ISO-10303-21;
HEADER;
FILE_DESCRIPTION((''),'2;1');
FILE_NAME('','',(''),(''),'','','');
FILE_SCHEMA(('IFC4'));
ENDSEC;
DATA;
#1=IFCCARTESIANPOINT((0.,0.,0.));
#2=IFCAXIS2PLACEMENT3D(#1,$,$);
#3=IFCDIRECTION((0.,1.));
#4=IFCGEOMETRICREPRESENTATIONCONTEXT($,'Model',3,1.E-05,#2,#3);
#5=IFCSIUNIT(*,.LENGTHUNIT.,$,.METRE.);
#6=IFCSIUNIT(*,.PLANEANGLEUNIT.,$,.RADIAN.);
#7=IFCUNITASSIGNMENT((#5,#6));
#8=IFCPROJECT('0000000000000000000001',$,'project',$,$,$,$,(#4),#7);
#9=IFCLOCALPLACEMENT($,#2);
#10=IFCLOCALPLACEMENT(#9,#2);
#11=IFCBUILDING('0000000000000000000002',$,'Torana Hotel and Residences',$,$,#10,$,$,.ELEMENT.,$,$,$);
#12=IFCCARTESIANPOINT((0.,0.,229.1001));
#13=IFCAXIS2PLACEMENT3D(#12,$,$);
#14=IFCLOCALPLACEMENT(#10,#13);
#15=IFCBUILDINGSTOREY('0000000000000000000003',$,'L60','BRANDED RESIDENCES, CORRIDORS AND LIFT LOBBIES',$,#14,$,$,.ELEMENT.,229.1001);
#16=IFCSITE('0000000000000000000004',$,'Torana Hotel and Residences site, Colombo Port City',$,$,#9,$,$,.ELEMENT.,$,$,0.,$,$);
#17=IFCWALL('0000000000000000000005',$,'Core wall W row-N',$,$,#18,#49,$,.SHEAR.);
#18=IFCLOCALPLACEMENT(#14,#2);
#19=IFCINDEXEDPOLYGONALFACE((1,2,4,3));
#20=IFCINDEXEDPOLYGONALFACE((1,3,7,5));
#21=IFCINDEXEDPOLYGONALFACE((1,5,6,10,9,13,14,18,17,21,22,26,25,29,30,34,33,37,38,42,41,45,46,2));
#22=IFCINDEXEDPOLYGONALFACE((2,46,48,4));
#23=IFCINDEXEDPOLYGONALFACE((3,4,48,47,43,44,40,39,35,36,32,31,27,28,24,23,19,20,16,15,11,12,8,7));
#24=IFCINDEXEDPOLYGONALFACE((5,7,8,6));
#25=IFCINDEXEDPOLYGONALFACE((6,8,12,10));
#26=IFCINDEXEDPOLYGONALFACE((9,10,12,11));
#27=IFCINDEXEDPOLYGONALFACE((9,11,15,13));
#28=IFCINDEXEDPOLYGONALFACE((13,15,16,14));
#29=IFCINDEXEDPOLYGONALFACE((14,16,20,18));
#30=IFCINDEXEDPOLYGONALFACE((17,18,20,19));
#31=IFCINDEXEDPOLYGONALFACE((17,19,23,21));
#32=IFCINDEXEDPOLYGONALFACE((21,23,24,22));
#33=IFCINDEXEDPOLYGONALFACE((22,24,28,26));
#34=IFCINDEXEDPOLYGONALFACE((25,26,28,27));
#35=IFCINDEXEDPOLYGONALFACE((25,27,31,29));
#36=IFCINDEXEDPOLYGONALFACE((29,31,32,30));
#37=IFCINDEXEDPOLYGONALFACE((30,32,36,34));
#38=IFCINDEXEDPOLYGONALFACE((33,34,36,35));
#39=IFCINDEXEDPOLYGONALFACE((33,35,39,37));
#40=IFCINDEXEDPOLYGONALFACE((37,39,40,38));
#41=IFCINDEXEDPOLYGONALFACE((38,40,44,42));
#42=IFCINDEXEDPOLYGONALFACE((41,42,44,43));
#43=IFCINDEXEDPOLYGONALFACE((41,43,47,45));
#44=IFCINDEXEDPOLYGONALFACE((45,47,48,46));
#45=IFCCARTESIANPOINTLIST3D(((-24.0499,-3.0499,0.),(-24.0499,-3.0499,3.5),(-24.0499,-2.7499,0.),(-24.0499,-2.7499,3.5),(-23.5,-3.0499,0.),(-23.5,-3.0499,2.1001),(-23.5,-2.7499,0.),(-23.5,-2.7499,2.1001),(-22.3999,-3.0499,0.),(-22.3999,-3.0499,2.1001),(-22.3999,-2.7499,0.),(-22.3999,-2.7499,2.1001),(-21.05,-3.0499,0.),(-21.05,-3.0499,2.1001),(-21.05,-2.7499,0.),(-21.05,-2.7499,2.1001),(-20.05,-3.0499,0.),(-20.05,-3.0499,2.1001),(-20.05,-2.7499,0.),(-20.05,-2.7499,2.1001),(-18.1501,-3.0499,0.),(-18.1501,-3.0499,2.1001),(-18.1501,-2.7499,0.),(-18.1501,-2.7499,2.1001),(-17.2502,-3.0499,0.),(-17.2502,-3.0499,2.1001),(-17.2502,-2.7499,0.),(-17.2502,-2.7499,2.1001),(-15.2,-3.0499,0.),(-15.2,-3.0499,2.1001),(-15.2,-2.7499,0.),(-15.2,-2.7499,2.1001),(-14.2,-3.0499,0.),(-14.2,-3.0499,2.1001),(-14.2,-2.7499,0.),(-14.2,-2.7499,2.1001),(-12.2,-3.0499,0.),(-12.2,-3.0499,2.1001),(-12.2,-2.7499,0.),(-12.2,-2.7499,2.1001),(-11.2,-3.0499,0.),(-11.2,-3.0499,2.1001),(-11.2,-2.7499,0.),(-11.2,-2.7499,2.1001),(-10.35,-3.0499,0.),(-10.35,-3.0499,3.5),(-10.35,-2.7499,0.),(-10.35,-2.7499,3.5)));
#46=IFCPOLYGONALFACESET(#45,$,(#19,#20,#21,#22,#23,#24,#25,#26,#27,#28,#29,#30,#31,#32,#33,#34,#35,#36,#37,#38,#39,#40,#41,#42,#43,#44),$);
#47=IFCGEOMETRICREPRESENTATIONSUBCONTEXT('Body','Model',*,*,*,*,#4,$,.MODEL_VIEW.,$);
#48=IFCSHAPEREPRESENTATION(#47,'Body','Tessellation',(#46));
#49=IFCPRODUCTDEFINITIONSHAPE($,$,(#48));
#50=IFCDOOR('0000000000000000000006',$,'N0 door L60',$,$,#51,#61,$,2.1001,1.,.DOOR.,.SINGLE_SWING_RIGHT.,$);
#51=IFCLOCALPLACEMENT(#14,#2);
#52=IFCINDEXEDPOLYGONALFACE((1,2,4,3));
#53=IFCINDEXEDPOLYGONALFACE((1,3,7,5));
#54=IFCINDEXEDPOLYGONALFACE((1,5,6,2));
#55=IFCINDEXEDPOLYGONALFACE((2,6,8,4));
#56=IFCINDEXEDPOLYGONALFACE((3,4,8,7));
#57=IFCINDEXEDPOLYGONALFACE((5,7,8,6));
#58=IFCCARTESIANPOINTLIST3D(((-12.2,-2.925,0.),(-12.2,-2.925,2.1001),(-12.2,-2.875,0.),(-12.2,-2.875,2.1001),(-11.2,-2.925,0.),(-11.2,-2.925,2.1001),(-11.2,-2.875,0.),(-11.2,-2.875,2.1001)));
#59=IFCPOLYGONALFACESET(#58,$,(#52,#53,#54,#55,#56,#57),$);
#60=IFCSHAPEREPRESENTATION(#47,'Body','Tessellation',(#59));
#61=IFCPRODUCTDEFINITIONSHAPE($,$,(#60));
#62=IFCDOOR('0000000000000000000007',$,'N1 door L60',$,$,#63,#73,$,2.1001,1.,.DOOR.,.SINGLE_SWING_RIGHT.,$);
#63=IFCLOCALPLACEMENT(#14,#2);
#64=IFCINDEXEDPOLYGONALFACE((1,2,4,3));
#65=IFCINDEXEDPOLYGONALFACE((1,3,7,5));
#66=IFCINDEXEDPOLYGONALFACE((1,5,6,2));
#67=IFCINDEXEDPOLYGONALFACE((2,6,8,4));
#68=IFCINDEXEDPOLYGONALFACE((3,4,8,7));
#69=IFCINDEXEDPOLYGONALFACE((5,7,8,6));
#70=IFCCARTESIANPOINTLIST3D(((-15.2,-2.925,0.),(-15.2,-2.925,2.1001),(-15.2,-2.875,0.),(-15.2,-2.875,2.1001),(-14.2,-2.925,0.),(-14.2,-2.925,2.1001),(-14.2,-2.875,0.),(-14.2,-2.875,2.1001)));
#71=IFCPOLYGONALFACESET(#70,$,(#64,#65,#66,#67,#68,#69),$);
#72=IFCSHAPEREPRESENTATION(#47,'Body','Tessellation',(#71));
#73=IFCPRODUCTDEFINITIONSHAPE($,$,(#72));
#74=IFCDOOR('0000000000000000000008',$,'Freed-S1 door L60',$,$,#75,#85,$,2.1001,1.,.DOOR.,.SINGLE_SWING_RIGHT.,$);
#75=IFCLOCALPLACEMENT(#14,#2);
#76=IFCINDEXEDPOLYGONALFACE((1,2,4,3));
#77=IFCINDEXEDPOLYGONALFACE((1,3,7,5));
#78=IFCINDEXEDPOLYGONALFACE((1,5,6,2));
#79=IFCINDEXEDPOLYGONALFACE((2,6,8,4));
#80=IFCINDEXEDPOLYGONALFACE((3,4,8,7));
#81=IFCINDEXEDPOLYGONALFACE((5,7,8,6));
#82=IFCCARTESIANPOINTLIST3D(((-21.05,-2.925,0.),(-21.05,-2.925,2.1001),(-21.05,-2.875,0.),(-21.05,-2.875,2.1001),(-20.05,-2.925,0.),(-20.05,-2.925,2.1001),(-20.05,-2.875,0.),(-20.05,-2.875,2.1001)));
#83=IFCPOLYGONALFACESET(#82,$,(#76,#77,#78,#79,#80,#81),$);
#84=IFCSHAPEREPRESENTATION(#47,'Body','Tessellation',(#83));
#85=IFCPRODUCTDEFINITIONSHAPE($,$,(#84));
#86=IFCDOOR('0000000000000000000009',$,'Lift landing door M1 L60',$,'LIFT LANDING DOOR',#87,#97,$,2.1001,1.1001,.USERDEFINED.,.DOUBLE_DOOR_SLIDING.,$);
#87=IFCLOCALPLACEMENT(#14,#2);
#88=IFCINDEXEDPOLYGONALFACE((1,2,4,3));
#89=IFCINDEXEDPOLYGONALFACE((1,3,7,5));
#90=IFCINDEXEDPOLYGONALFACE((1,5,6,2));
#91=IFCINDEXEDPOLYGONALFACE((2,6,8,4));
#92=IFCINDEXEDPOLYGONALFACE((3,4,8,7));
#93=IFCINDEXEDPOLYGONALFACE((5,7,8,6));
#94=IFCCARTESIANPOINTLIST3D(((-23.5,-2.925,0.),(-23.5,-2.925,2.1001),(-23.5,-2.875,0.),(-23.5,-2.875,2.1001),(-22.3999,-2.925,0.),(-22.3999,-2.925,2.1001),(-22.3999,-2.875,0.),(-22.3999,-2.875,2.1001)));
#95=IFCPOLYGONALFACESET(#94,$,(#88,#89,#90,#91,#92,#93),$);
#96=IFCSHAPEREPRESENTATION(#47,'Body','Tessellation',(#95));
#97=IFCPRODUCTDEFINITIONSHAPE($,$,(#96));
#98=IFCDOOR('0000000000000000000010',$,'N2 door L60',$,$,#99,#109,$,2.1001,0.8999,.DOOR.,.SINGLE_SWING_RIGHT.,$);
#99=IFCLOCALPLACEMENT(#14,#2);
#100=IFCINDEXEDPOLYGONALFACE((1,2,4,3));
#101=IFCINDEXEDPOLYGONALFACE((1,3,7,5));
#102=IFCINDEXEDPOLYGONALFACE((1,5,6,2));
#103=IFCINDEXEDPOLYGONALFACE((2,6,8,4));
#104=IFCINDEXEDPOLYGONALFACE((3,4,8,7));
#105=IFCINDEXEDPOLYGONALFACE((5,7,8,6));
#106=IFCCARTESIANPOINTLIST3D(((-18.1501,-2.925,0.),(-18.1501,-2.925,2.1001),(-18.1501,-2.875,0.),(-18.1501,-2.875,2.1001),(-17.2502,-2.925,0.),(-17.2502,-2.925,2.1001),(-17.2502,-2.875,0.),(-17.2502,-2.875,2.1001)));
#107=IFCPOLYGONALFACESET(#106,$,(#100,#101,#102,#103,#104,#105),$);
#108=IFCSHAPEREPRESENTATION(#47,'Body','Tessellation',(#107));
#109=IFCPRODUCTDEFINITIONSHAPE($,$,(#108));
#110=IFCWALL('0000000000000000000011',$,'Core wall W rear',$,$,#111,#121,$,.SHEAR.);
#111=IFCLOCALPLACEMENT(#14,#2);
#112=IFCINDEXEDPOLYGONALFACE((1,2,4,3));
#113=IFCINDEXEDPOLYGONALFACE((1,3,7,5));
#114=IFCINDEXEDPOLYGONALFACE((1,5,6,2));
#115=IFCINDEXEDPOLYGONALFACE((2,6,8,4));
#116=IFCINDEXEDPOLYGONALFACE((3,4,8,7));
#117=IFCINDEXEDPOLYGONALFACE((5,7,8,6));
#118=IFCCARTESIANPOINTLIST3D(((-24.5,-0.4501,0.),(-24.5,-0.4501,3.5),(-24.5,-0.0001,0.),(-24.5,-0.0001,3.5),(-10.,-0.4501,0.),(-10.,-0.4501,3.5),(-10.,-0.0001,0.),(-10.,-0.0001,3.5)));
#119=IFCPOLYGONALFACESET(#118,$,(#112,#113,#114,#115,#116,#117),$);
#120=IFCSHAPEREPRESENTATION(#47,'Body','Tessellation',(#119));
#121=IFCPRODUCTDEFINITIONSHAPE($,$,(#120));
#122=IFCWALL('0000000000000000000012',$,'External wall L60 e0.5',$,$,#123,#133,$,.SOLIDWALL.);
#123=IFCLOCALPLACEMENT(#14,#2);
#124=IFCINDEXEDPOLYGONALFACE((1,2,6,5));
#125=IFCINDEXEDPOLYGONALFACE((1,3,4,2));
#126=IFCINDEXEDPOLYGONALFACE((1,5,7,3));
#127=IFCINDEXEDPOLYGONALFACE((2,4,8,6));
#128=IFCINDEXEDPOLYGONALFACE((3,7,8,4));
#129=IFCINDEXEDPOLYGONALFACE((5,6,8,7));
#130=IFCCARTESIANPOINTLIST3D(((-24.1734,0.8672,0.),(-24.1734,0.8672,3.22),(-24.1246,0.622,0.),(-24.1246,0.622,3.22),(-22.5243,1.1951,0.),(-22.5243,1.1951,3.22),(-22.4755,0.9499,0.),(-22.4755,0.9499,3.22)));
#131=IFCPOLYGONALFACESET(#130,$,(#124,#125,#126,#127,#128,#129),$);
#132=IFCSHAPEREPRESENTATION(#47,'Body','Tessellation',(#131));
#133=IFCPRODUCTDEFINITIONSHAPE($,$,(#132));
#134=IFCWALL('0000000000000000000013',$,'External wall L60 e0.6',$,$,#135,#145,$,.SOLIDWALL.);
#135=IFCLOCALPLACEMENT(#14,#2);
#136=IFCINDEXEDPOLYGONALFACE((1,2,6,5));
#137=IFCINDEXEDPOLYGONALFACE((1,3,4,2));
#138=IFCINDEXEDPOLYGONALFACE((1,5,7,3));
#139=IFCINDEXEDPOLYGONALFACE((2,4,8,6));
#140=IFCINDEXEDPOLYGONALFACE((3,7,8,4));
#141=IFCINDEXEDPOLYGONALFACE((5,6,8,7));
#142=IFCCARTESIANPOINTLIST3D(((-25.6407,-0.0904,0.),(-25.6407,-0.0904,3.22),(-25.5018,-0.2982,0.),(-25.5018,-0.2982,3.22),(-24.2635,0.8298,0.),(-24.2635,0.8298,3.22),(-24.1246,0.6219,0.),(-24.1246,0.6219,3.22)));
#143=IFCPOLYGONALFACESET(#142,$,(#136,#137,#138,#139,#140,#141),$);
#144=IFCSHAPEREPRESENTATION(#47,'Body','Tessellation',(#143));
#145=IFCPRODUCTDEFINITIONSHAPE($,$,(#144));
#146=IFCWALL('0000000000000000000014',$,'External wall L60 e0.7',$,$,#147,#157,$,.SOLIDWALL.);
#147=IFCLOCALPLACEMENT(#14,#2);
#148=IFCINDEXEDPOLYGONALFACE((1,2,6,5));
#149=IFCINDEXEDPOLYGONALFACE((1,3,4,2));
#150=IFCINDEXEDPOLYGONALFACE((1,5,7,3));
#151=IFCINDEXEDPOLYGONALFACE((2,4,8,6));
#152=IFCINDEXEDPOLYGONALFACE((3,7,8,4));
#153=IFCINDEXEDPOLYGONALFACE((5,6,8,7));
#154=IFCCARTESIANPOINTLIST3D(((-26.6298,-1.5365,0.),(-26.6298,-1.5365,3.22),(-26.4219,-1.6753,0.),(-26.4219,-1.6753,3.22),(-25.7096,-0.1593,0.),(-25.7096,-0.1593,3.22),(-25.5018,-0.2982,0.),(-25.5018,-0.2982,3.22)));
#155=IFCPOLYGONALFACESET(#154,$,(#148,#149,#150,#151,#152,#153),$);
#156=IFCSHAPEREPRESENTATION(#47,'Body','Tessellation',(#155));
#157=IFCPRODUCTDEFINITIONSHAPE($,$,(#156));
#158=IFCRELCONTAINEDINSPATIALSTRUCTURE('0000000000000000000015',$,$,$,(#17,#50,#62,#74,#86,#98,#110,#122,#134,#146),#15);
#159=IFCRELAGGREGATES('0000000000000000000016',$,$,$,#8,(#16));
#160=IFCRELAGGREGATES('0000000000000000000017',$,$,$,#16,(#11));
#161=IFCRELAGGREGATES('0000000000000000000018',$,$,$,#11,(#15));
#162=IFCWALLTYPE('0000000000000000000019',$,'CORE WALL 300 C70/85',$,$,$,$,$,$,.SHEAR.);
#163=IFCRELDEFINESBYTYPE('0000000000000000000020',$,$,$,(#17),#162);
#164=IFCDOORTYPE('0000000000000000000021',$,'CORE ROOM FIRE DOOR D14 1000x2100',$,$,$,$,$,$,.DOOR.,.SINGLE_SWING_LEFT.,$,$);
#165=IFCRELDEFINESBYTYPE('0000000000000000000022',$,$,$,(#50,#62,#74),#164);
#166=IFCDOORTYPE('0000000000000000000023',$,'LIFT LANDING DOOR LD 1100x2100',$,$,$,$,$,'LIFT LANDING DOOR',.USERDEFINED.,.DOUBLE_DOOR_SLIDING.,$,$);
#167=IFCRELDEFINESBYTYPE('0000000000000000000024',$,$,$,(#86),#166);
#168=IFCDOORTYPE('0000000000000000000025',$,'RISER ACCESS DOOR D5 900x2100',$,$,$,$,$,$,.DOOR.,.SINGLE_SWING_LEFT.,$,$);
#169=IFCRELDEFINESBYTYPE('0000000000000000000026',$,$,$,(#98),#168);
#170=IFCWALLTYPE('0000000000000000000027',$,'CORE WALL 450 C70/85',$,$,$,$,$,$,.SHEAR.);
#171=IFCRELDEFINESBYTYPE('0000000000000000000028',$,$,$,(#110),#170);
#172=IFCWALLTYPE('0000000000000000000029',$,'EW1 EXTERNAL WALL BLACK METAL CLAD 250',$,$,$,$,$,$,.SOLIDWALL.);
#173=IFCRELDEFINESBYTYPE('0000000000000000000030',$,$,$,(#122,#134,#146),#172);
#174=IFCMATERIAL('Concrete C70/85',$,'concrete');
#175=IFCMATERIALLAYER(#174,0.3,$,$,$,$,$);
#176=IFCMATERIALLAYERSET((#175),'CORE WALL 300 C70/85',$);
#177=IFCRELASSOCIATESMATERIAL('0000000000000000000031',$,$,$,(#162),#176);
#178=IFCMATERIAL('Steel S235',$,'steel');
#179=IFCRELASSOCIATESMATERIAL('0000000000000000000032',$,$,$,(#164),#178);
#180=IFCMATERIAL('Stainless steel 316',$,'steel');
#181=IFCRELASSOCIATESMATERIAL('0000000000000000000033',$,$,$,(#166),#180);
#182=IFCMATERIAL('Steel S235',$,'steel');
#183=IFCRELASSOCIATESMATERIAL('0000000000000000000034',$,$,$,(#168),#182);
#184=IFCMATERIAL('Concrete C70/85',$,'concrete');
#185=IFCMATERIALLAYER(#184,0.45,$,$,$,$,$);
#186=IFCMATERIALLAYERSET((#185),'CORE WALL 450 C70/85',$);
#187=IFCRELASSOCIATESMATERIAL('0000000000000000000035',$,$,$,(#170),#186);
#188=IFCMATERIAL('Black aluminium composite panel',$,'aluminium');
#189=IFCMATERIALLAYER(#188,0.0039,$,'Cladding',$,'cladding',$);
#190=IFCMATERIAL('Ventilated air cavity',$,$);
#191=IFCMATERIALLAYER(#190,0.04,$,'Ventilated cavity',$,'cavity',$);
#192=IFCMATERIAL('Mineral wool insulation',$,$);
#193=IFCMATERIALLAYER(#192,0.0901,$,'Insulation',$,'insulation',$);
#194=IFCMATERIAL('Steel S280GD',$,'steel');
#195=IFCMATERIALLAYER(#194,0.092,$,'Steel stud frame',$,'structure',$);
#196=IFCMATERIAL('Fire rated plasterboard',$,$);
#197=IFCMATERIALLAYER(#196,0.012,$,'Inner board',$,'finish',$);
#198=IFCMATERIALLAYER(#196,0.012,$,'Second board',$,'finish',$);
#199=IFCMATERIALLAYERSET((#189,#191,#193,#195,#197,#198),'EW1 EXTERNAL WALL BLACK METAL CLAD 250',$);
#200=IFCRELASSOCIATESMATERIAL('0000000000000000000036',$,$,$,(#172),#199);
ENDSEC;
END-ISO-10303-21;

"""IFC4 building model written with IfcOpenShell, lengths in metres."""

from ifc_helpers import new_model, si_unit, direction, frame, frame_2d, origin, place, context, subcontext, project, spatial, rectangle, extrude, material, layer, layer_set, type_object, element, fill, save


model = new_model("IFC4")

# Units and contexts
model_context = context("Model", 3, precision=1e-05, world=origin(), true_north=direction((0.0, 1.0)))
body_context = subcontext(model_context, "Body", "Model", "MODEL_VIEW")
ifc_project = project(units=[si_unit("LENGTHUNIT", "METRE"), si_unit("PLANEANGLEUNIT", "RADIAN")], contexts=[model_context])

# Site, building, storey
site_placement = place(None, origin())
site = spatial("IfcSite", under=ifc_project, at=site_placement, Name="Torana Hotel and Residences site, Colombo Port City", CompositionType="ELEMENT", RefElevation=0.0)
building_placement = place(site_placement, origin())
building = spatial("IfcBuilding", under=site, at=building_placement, Name="Torana Hotel and Residences", CompositionType="ELEMENT")
storey_placement = place(building_placement, frame((0.0, 0.0, 229.1001)))
storey = spatial("IfcBuildingStorey", under=building, at=storey_placement, Name="L60", Description="BRANDED RESIDENCES, CORRIDORS AND LIFT LOBBIES", CompositionType="ELEMENT", Elevation=229.1001)

# Wall, openings, doors
ifc_material_1 = material(Name="Concrete C70/85", Category="concrete")
ifc_layer_1 = layer(ifc_material_1, 0.3)
ifc_layer_set_1 = layer_set([ifc_layer_1], Name="CORE WALL 300 C70/85")
wall_type_1 = type_object("IfcWallType", Name="CORE WALL 300 C70/85", PredefinedType="SHEAR", material=ifc_layer_set_1)
wall_1_placement = place(storey_placement, frame((-24.05, -2.8999, 0.0), z_axis=(0.0, 0.0, 1.0), x_axis=(1.0, 0.0, 0.0)))
wall_1 = element("IfcWall", 1, at=wall_1_placement, inside=storey, type_object=wall_type_1, Name="Core wall W row-N", PredefinedType="SHEAR", context=body_context, shape_type="SweptSolid", body=[
    extrude(rectangle(XDim=13.7, YDim=0.3, at=frame_2d((6.8501, 0.0))), origin(), (0.0, 0.0, 1.0), 3.5),
])
opening_1_placement = place(wall_1_placement, frame((0.55, 0.0, 0.0)))
opening_1 = element("IfcOpeningElement", 2, at=opening_1_placement, cuts=wall_1, PredefinedType="OPENING", context=body_context, shape_type="SweptSolid", body=[
    extrude(rectangle(XDim=1.1001, YDim=2.1001, at=frame_2d((0.55, 1.05))), frame((0.0, 0.1599, 0.0), z_axis=(0.0, -1.0, 0.0), x_axis=(1.0, 0.0, 0.0)), (0.0, 0.0, 1.0), 0.3201),
])
opening_2_placement = place(wall_1_placement, frame((5.8999, 0.0, 0.0)))
opening_2 = element("IfcOpeningElement", 3, at=opening_2_placement, cuts=wall_1, PredefinedType="OPENING", context=body_context, shape_type="SweptSolid", body=[
    extrude(rectangle(XDim=0.8999, YDim=2.1001, at=frame_2d((0.45, 1.05))), frame((0.0, 0.1599, 0.0), z_axis=(0.0, -1.0, 0.0), x_axis=(1.0, 0.0, 0.0)), (0.0, 0.0, 1.0), 0.3201),
])
opening_3_placement = place(wall_1_placement, frame((11.8501, 0.0, 0.0)))
opening_3 = element("IfcOpeningElement", 4, at=opening_3_placement, cuts=wall_1, PredefinedType="OPENING", context=body_context, shape_type="SweptSolid", body=[
    extrude(rectangle(XDim=1.0, YDim=2.1001, at=frame_2d((0.5, 1.05))), frame((0.0, 0.1599, 0.0), z_axis=(0.0, -1.0, 0.0), x_axis=(1.0, 0.0, 0.0)), (0.0, 0.0, 1.0), 0.3201),
])
opening_4_placement = place(wall_1_placement, frame((8.8501, 0.0, 0.0)))
opening_4 = element("IfcOpeningElement", 5, at=opening_4_placement, cuts=wall_1, PredefinedType="OPENING", context=body_context, shape_type="SweptSolid", body=[
    extrude(rectangle(XDim=1.0, YDim=2.1001, at=frame_2d((0.5, 1.05))), frame((0.0, 0.1599, 0.0), z_axis=(0.0, -1.0, 0.0), x_axis=(1.0, 0.0, 0.0)), (0.0, 0.0, 1.0), 0.3201),
])
opening_5_placement = place(wall_1_placement, frame((3.0, 0.0, 0.0)))
opening_5 = element("IfcOpeningElement", 6, at=opening_5_placement, cuts=wall_1, PredefinedType="OPENING", context=body_context, shape_type="SweptSolid", body=[
    extrude(rectangle(XDim=1.0, YDim=2.1001, at=frame_2d((0.5, 1.05))), frame((0.0, 0.1599, 0.0), z_axis=(0.0, -1.0, 0.0), x_axis=(1.0, 0.0, 0.0)), (0.0, 0.0, 1.0), 0.3201),
])
ifc_material_2 = material(Name="Steel S235", Category="steel")
door_type_1 = type_object("IfcDoorType", Name="CORE ROOM FIRE DOOR D14 1000x2100", OperationType="SINGLE_SWING_LEFT", PredefinedType="DOOR", material=ifc_material_2)
door_1_placement = place(opening_3_placement, origin())
door_1 = element("IfcDoor", 7, at=door_1_placement, inside=storey, type_object=door_type_1, Name="N0 door L60", OperationType="SINGLE_SWING_RIGHT", OverallHeight=2.1001, OverallWidth=1.0, PredefinedType="DOOR", context=body_context, shape_type="SweptSolid", body=[
    extrude(rectangle(XDim=1.0, YDim=2.1001, at=frame_2d((0.5, 1.05))), frame((0.0, 0.0249, 0.0), z_axis=(0.0, -1.0, 0.0), x_axis=(1.0, 0.0, 0.0)), (0.0, 0.0, 1.0), 0.05),
])
fill(opening_3, door_1)
door_2_placement = place(opening_4_placement, origin())
door_2 = element("IfcDoor", 8, at=door_2_placement, inside=storey, type_object=door_type_1, Name="N1 door L60", OperationType="SINGLE_SWING_RIGHT", OverallHeight=2.1001, OverallWidth=1.0, PredefinedType="DOOR", context=body_context, shape_type="SweptSolid", body=[
    extrude(rectangle(XDim=1.0, YDim=2.1001, at=frame_2d((0.5, 1.05))), frame((0.0, 0.0249, 0.0), z_axis=(0.0, -1.0, 0.0), x_axis=(1.0, 0.0, 0.0)), (0.0, 0.0, 1.0), 0.05),
])
fill(opening_4, door_2)
door_3_placement = place(opening_5_placement, origin())
door_3 = element("IfcDoor", 9, at=door_3_placement, inside=storey, type_object=door_type_1, Name="Freed-S1 door L60", OperationType="SINGLE_SWING_RIGHT", OverallHeight=2.1001, OverallWidth=1.0, PredefinedType="DOOR", context=body_context, shape_type="SweptSolid", body=[
    extrude(rectangle(XDim=1.0, YDim=2.1001, at=frame_2d((0.5, 1.05))), frame((0.0, 0.0249, 0.0), z_axis=(0.0, -1.0, 0.0), x_axis=(1.0, 0.0, 0.0)), (0.0, 0.0, 1.0), 0.05),
])
fill(opening_5, door_3)
ifc_material_3 = material(Name="Stainless steel 316", Category="steel")
door_type_2 = type_object("IfcDoorType", Name="LIFT LANDING DOOR LD 1100x2100", ElementType="LIFT LANDING DOOR", OperationType="DOUBLE_DOOR_SLIDING", PredefinedType="USERDEFINED", material=ifc_material_3)
door_4_placement = place(opening_1_placement, origin())
door_4 = element("IfcDoor", 10, at=door_4_placement, inside=storey, type_object=door_type_2, Name="Lift landing door M1 L60", ObjectType="LIFT LANDING DOOR", OperationType="DOUBLE_DOOR_SLIDING", OverallHeight=2.1001, OverallWidth=1.1001, PredefinedType="USERDEFINED", context=body_context, shape_type="SweptSolid", body=[
    extrude(rectangle(XDim=1.1001, YDim=2.1001, at=frame_2d((0.55, 1.05))), frame((0.0, 0.0249, 0.0), z_axis=(0.0, -1.0, 0.0), x_axis=(1.0, 0.0, 0.0)), (0.0, 0.0, 1.0), 0.05),
])
fill(opening_1, door_4)
ifc_material_4 = material(Name="Steel S235", Category="steel")
door_type_3 = type_object("IfcDoorType", Name="RISER ACCESS DOOR D5 900x2100", OperationType="SINGLE_SWING_LEFT", PredefinedType="DOOR", material=ifc_material_4)
door_5_placement = place(opening_2_placement, origin())
door_5 = element("IfcDoor", 11, at=door_5_placement, inside=storey, type_object=door_type_3, Name="N2 door L60", OperationType="SINGLE_SWING_RIGHT", OverallHeight=2.1001, OverallWidth=0.8999, PredefinedType="DOOR", context=body_context, shape_type="SweptSolid", body=[
    extrude(rectangle(XDim=0.8999, YDim=2.1001, at=frame_2d((0.45, 1.05))), frame((0.0, 0.0249, 0.0), z_axis=(0.0, -1.0, 0.0), x_axis=(1.0, 0.0, 0.0)), (0.0, 0.0, 1.0), 0.05),
])
fill(opening_2, door_5)

# Walls
ifc_material_5 = material(Name="Concrete C70/85", Category="concrete")
ifc_layer_2 = layer(ifc_material_5, 0.45)
ifc_layer_set_2 = layer_set([ifc_layer_2], Name="CORE WALL 450 C70/85")
wall_type_2 = type_object("IfcWallType", Name="CORE WALL 450 C70/85", PredefinedType="SHEAR", material=ifc_layer_set_2)
wall_2_placement = place(storey_placement, frame((-24.5, -0.2251, 0.0), z_axis=(0.0, 0.0, 1.0), x_axis=(1.0, 0.0, 0.0)))
element("IfcWall", 12, at=wall_2_placement, inside=storey, type_object=wall_type_2, Name="Core wall W rear", PredefinedType="SHEAR", context=body_context, shape_type="SweptSolid", body=[
    extrude(rectangle(XDim=14.5, YDim=0.45, at=frame_2d((7.25, 0.0))), origin(), (0.0, 0.0, 1.0), 3.5),
])
ifc_material_6 = material(Name="Black aluminium composite panel", Category="aluminium")
ifc_layer_3 = layer(ifc_material_6, 0.0039, Name="Cladding", Category="cladding")
ifc_material_7 = material(Name="Ventilated air cavity")
ifc_layer_4 = layer(ifc_material_7, 0.04, Name="Ventilated cavity", Category="cavity")
ifc_material_8 = material(Name="Mineral wool insulation")
ifc_layer_5 = layer(ifc_material_8, 0.0901, Name="Insulation", Category="insulation")
ifc_material_9 = material(Name="Steel S280GD", Category="steel")
ifc_layer_6 = layer(ifc_material_9, 0.092, Name="Steel stud frame", Category="structure")
ifc_material_10 = material(Name="Fire rated plasterboard")
ifc_layer_7 = layer(ifc_material_10, 0.012, Name="Inner board", Category="finish")
ifc_layer_8 = layer(ifc_material_10, 0.012, Name="Second board", Category="finish")
ifc_layer_set_3 = layer_set([ifc_layer_3, ifc_layer_4, ifc_layer_5, ifc_layer_6, ifc_layer_7, ifc_layer_8], Name="EW1 EXTERNAL WALL BLACK METAL CLAD 250")
wall_type_3 = type_object("IfcWallType", Name="EW1 EXTERNAL WALL BLACK METAL CLAD 250", PredefinedType="SOLIDWALL", material=ifc_layer_set_3)
wall_3_placement = place(storey_placement, frame((-22.4998, 1.0725, 0.0), z_axis=(0.0, 0.0, 1.0), x_axis=(-0.980803, -0.194999, 0.0)))
element("IfcWall", 13, at=wall_3_placement, inside=storey, type_object=wall_type_3, Name="External wall L60 e0.5", PredefinedType="SOLIDWALL", context=body_context, shape_type="SweptSolid", body=[
    extrude(rectangle(XDim=1.6814, YDim=0.25, at=frame_2d((0.8408, 0.0))), origin(), (0.0, 0.0, 1.0), 3.22),
])
for number, where, z_axis, x_axis, name in (
    (14, (-24.1941, 0.7258, 0.0), (0.0, 0.0, 1.0), (-0.831483, -0.55555, 0.0), "External wall L60 e0.6"),
    (15, (-25.6057, -0.2288, 0.0), (0.0, 0.0, 1.0), (-0.55555, -0.831483, 0.0), "External wall L60 e0.7"),
):
    element("IfcWall", number, at=place(storey_placement, frame(where, z_axis=z_axis, x_axis=x_axis)), inside=storey, type_object=wall_type_3, Name=name, PredefinedType="SOLIDWALL", context=body_context, shape_type="SweptSolid", body=[
        extrude(rectangle(XDim=1.6562, YDim=0.25, at=frame_2d((0.8281, 0.0))), origin(), (0.0, 0.0, 1.0), 3.22),
    ])

save(model, "model.ifc")
